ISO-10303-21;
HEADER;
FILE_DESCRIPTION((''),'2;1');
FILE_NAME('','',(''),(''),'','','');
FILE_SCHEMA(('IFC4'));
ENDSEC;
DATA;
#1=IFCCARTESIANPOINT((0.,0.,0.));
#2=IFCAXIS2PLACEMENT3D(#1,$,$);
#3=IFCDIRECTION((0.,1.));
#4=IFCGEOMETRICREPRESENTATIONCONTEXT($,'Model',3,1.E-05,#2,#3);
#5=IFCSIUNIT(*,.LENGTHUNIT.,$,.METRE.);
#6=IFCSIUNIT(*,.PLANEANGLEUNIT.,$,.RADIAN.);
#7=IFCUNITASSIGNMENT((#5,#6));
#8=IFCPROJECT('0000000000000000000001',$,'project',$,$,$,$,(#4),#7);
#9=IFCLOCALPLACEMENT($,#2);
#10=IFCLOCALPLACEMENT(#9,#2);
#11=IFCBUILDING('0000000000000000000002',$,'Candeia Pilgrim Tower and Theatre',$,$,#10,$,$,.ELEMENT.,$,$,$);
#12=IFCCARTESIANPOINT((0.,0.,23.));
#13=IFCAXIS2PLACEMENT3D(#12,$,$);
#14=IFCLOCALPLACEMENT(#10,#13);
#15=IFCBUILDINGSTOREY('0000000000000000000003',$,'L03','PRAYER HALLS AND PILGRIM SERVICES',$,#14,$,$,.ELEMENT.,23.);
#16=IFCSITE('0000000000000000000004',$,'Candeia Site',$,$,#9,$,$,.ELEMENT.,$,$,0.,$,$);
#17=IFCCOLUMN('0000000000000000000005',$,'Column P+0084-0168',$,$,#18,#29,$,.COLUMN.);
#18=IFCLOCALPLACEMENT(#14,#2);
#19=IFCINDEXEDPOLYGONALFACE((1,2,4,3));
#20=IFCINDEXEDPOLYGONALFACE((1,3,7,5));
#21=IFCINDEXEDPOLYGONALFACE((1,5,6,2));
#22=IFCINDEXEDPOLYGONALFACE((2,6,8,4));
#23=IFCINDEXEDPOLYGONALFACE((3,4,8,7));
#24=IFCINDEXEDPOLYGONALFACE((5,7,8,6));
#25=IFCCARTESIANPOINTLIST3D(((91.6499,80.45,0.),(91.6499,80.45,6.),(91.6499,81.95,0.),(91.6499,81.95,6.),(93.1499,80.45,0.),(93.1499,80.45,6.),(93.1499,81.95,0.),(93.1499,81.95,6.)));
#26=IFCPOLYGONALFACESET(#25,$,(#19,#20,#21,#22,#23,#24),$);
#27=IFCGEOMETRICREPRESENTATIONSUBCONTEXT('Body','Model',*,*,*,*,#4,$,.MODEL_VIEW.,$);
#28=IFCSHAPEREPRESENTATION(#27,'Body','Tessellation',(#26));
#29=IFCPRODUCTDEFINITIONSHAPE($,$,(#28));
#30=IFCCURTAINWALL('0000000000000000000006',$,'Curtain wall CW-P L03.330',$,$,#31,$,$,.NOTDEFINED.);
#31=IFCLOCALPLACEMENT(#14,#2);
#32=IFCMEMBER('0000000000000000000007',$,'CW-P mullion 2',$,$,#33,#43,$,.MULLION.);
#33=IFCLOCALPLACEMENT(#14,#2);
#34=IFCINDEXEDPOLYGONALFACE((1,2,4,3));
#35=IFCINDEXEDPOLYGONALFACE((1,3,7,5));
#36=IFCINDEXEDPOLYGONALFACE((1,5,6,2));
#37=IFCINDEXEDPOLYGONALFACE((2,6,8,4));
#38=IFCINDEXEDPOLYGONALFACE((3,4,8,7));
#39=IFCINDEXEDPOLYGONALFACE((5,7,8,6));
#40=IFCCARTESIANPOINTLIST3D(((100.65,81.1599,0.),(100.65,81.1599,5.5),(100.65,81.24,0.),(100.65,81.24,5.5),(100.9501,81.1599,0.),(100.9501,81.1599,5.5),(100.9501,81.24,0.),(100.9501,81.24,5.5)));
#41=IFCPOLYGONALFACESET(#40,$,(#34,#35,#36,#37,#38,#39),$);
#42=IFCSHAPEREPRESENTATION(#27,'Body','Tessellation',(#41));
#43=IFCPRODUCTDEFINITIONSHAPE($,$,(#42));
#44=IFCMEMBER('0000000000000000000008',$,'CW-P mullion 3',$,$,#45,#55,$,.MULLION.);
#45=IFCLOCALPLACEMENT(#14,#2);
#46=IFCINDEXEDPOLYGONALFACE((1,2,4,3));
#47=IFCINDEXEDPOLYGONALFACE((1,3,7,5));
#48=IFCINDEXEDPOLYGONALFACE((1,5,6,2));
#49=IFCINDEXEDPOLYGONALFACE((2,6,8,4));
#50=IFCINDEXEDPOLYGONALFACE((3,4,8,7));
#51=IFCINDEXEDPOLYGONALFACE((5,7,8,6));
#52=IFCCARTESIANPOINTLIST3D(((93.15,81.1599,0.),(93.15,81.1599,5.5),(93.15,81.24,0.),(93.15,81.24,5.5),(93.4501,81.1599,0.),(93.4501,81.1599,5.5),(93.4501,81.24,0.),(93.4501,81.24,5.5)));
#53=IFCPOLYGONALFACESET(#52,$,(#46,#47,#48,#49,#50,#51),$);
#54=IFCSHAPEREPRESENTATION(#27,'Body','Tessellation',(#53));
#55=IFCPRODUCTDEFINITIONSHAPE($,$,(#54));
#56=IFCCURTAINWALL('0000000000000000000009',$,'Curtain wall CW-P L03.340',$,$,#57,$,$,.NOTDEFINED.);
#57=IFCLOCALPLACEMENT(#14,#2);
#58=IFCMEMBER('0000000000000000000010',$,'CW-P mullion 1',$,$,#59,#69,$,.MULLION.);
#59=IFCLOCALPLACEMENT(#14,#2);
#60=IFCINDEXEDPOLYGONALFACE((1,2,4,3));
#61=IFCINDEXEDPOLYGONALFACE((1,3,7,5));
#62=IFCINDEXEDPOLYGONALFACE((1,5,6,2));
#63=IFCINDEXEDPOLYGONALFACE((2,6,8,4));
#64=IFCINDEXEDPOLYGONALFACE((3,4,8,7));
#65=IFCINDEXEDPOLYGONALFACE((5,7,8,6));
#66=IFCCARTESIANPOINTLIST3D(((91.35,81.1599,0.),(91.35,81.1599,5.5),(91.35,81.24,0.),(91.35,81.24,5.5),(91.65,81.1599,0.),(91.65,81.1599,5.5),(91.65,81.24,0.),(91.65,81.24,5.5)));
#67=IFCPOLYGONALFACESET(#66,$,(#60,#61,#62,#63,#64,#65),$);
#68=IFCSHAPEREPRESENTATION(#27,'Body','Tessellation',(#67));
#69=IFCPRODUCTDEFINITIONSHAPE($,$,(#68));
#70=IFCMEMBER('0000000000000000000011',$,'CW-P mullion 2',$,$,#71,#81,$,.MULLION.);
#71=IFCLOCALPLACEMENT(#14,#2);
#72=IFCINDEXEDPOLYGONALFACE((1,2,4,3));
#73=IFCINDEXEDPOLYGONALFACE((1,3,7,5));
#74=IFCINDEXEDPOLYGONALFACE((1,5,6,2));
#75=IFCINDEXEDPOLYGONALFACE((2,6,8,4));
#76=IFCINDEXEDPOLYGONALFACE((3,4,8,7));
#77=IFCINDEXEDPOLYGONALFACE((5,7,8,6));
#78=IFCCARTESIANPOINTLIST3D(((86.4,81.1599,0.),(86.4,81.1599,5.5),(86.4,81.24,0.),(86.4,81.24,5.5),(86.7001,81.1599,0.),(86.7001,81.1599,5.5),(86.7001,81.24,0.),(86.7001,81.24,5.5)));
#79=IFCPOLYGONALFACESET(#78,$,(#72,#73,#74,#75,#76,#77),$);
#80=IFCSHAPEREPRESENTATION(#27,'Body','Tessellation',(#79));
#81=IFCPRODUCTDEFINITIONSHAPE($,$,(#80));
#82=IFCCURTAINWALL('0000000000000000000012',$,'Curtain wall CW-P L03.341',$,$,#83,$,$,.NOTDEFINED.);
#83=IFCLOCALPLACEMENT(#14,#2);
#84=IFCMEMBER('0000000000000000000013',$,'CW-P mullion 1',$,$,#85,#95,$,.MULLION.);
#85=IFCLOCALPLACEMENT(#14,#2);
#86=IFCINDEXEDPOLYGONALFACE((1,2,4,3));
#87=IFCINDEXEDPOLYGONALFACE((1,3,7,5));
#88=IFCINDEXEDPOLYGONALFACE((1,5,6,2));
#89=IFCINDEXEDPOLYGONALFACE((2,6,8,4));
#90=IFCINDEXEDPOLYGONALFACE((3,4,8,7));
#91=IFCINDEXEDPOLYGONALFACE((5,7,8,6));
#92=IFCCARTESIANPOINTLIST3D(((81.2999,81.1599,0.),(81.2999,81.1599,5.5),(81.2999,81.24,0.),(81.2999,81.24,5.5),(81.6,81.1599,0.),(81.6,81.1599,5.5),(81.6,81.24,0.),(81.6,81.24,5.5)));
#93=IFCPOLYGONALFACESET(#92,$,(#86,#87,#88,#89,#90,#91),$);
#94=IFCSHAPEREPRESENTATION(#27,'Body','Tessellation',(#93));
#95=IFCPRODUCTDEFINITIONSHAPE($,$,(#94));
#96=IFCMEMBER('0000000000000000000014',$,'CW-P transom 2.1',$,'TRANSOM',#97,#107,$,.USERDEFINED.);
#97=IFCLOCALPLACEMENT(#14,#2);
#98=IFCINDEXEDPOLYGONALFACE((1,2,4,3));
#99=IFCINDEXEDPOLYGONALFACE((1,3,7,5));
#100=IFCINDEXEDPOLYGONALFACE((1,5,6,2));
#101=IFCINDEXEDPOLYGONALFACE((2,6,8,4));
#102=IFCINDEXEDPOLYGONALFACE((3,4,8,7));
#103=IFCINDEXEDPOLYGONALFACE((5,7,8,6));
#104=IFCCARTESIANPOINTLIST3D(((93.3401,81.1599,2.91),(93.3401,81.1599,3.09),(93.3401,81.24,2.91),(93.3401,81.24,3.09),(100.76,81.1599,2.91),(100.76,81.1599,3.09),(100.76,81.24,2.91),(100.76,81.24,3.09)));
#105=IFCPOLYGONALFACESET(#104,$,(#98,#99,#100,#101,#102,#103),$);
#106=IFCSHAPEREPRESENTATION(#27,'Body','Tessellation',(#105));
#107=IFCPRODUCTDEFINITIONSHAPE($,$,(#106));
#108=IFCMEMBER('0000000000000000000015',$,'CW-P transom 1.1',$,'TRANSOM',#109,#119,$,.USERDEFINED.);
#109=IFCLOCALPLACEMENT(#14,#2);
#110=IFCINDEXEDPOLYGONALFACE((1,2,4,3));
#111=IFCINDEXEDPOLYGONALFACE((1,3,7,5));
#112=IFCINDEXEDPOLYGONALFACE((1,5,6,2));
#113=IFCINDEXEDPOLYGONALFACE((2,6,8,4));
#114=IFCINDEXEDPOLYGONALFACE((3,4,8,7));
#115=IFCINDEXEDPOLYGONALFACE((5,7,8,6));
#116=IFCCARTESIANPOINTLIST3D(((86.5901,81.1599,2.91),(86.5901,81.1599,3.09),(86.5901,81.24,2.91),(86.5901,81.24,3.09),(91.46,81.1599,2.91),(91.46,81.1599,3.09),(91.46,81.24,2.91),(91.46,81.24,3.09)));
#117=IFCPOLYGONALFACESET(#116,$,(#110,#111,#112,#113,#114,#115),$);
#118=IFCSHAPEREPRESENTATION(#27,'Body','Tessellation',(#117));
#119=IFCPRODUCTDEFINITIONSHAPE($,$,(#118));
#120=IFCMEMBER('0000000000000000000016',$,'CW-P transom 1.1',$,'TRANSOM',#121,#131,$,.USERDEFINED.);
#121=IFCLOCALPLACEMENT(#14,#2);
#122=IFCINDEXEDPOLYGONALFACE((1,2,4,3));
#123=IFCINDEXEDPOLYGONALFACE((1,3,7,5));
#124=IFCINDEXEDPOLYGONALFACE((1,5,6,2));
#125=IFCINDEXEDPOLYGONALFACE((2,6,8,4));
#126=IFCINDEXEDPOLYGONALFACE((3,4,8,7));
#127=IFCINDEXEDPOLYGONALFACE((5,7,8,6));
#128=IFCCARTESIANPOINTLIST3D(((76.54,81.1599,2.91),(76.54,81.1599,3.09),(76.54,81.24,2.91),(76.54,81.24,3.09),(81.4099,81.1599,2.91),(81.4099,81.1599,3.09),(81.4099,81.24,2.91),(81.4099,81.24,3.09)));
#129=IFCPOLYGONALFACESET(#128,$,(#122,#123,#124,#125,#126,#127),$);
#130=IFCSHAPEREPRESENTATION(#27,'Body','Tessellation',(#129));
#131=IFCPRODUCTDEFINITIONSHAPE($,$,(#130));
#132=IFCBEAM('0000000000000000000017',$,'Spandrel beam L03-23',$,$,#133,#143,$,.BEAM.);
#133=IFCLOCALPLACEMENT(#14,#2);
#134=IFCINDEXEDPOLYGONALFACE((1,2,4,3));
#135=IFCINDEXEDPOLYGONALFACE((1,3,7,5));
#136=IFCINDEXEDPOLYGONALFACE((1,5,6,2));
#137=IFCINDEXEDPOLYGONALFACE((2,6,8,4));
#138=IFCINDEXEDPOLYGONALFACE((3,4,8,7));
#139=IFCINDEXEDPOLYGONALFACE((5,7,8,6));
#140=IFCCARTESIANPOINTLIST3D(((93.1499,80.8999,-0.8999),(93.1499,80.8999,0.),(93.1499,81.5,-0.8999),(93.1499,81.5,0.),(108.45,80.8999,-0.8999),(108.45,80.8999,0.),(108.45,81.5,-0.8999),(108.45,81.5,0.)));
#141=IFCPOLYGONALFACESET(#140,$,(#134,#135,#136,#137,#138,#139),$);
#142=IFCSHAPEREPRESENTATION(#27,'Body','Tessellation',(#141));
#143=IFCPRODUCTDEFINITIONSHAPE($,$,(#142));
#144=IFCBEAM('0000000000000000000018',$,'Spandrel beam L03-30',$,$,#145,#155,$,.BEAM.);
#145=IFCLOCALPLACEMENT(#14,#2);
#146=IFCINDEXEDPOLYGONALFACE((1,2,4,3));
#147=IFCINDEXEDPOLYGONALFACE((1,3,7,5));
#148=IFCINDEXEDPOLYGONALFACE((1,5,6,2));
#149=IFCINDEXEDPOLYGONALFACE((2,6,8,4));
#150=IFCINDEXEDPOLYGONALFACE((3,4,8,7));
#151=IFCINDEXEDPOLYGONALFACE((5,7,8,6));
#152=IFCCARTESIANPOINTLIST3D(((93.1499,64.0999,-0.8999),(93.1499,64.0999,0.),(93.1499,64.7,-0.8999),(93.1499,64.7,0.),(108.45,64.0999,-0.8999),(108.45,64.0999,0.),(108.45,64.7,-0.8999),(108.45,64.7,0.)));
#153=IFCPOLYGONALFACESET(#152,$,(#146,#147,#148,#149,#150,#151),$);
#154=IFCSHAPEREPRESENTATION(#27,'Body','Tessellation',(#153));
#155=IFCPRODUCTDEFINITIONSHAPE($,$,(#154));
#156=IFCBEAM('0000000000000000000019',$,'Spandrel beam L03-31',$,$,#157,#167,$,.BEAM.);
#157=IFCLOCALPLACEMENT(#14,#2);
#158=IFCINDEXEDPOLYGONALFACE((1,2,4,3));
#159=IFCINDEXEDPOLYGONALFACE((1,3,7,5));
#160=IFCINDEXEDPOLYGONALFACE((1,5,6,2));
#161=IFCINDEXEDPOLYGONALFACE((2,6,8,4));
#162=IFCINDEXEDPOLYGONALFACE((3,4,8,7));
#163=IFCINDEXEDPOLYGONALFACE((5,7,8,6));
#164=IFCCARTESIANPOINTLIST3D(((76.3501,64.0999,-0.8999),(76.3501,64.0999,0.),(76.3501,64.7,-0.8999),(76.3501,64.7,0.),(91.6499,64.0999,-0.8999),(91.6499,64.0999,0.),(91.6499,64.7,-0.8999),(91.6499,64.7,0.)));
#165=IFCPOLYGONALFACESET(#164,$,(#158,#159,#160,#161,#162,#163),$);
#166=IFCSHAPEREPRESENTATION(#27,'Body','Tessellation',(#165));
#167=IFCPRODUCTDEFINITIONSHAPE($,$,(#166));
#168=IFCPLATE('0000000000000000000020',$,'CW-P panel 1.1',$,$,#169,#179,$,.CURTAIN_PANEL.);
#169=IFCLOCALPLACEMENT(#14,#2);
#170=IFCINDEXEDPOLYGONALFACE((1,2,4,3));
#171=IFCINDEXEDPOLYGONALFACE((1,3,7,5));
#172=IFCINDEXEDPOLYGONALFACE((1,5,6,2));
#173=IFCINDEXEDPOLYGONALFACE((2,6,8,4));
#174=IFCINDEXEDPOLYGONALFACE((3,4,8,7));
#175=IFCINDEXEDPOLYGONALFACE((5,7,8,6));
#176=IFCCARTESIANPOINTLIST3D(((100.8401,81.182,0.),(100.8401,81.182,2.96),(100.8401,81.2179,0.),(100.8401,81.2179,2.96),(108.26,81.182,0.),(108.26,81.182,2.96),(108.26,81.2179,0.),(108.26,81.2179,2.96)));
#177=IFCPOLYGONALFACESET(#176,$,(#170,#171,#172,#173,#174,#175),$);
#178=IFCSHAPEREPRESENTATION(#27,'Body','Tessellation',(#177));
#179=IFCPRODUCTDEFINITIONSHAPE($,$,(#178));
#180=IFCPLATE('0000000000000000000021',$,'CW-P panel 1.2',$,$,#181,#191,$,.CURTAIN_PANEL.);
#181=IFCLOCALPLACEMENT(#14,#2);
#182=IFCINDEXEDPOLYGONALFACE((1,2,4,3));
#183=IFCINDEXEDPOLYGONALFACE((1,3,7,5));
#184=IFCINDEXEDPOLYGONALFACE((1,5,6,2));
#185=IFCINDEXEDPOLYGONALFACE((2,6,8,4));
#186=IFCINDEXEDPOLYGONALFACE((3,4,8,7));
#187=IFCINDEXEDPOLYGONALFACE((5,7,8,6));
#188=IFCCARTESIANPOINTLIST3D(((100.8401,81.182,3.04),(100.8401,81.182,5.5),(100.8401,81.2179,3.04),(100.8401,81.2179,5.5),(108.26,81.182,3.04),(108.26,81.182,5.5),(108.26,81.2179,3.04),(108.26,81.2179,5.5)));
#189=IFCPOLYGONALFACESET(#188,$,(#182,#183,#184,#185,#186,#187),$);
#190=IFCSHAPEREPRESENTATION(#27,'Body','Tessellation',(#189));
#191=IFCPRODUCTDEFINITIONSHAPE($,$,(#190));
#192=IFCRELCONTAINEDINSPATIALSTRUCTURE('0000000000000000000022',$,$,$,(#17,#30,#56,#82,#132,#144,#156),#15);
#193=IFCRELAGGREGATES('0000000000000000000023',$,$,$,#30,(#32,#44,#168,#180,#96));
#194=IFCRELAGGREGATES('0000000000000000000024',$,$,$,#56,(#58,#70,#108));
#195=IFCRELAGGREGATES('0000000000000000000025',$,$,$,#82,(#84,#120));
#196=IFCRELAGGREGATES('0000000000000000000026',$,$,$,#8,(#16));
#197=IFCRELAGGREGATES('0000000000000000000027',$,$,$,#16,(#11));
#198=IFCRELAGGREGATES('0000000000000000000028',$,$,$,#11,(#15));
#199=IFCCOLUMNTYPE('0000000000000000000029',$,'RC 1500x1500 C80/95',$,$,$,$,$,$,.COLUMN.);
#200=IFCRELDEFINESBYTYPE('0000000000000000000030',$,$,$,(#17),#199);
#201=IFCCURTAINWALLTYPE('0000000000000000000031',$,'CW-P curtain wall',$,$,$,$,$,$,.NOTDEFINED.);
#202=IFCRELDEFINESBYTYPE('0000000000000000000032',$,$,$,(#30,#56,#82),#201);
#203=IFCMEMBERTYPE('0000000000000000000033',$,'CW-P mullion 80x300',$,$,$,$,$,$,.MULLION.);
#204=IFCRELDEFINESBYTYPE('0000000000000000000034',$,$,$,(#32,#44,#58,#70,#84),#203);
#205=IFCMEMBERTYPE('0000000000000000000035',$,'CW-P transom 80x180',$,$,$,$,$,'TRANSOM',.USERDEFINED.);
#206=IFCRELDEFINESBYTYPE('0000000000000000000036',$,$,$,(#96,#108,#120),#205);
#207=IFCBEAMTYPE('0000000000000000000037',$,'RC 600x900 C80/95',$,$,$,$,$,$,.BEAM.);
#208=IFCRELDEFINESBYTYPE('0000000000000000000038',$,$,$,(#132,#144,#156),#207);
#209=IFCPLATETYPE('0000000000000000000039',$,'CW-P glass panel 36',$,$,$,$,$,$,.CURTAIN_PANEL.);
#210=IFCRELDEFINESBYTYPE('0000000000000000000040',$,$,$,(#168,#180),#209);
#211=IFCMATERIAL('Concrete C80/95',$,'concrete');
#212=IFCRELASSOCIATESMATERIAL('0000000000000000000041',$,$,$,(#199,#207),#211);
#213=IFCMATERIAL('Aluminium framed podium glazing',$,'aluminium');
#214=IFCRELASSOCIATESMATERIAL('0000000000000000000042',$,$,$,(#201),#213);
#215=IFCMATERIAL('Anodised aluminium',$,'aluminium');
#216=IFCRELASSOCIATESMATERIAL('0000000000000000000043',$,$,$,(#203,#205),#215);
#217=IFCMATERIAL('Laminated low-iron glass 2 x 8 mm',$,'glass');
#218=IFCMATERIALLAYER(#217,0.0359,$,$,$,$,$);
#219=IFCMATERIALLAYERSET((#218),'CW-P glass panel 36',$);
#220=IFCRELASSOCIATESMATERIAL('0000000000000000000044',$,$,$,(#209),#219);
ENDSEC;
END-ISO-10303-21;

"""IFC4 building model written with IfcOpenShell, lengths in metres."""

from ifc_helpers import new_model, si_unit, direction, frame, origin, origin_2d, place, context, subcontext, project, spatial, rectangle, extrude, material, layer, layer_set, material_profile, profile_set, type_object, element, aggregate, save


model = new_model("IFC4")

# Units and contexts
model_context = context("Model", 3, precision=1e-05, world=origin(), true_north=direction((0.0, 1.0)))
body_context = subcontext(model_context, "Body", "Model", "MODEL_VIEW")
ifc_project = project(units=[si_unit("LENGTHUNIT", "METRE"), si_unit("PLANEANGLEUNIT", "RADIAN")], contexts=[model_context])

# Site, building, storey
site_placement = place(None, origin())
site = spatial("IfcSite", under=ifc_project, at=site_placement, Name="Candeia Site", CompositionType="ELEMENT", RefElevation=0.0)
building_placement = place(site_placement, origin())
building = spatial("IfcBuilding", under=site, at=building_placement, Name="Candeia Pilgrim Tower and Theatre", CompositionType="ELEMENT")
storey_placement = place(building_placement, frame((0.0, 0.0, 23.0)))
storey = spatial("IfcBuildingStorey", under=building, at=storey_placement, Name="L03", Description="PRAYER HALLS AND PILGRIM SERVICES", CompositionType="ELEMENT", Elevation=23.0)

# Column
ifc_material_1 = material(Name="Concrete C80/95", Category="concrete")
ifc_material_profile_1 = material_profile(ifc_material_1, rectangle(XDim=1.5, YDim=1.5, at=origin_2d()))
ifc_profile_set_1 = profile_set([ifc_material_profile_1], Name="Concrete C80/95")
column_type = type_object("IfcColumnType", Name="RC 1500x1500 C80/95", PredefinedType="COLUMN", material=ifc_profile_set_1)
column_placement = place(storey_placement, frame((92.3999, 81.2, 0.0), z_axis=(0.0, 0.0, 1.0), x_axis=(1.0, 0.0, 0.0)))
element("IfcColumn", 1, at=column_placement, inside=storey, type_object=column_type, Name="Column P+0084-0168", PredefinedType="COLUMN", context=body_context, shape_type="SweptSolid", body=[
    extrude(rectangle(XDim=1.5, YDim=1.5, at=origin_2d()), origin(), (0.0, 0.0, 1.0), 6.0),
])

# Curtain walls, members
ifc_material_2 = material(Name="Aluminium framed podium glazing", Category="aluminium")
curtain_wall_type = type_object("IfcCurtainWallType", Name="CW-P curtain wall", PredefinedType="NOTDEFINED", material=ifc_material_2)
curtain_wall_1_placement = place(storey_placement, origin())
curtain_wall_1 = element("IfcCurtainWall", 2, at=curtain_wall_1_placement, inside=storey, type_object=curtain_wall_type, Name="Curtain wall CW-P L03.330", PredefinedType="NOTDEFINED")
ifc_material_3 = material(Name="Anodised aluminium", Category="aluminium")
ifc_material_profile_2 = material_profile(ifc_material_3, rectangle(XDim=0.0801, YDim=0.3, at=origin_2d()))
ifc_profile_set_2 = profile_set([ifc_material_profile_2], Name="Anodised aluminium")
member_type_1 = type_object("IfcMemberType", Name="CW-P mullion 80x300", PredefinedType="MULLION", material=ifc_profile_set_2)
member_1_placement = place(storey_placement, frame((100.8, 81.2, 0.0), z_axis=(0.0, 0.0, 1.0), x_axis=(0.0, -1.0, 0.0)))
member_1 = element("IfcMember", 3, at=member_1_placement, type_object=member_type_1, Name="CW-P mullion 2", PredefinedType="MULLION", context=body_context, shape_type="SweptSolid", body=[
    extrude(rectangle(XDim=0.0801, YDim=0.3, at=origin_2d()), origin(), (0.0, 0.0, 1.0), 5.5),
])
member_2_placement = place(storey_placement, frame((93.3, 81.2, 0.0), z_axis=(0.0, 0.0, 1.0), x_axis=(0.0, -1.0, 0.0)))
member_2 = element("IfcMember", 4, at=member_2_placement, type_object=member_type_1, Name="CW-P mullion 3", PredefinedType="MULLION", context=body_context, shape_type="SweptSolid", body=[
    extrude(rectangle(XDim=0.0801, YDim=0.3, at=origin_2d()), origin(), (0.0, 0.0, 1.0), 5.5),
])
curtain_wall_2_placement = place(storey_placement, origin())
curtain_wall_2 = element("IfcCurtainWall", 5, at=curtain_wall_2_placement, inside=storey, type_object=curtain_wall_type, Name="Curtain wall CW-P L03.340", PredefinedType="NOTDEFINED")
member_3_placement = place(storey_placement, frame((91.5, 81.2, 0.0), z_axis=(0.0, 0.0, 1.0), x_axis=(0.0, -1.0, 0.0)))
member_3 = element("IfcMember", 6, at=member_3_placement, type_object=member_type_1, Name="CW-P mullion 1", PredefinedType="MULLION", context=body_context, shape_type="SweptSolid", body=[
    extrude(rectangle(XDim=0.0801, YDim=0.3, at=origin_2d()), origin(), (0.0, 0.0, 1.0), 5.5),
])
member_4_placement = place(storey_placement, frame((86.55, 81.2, 0.0), z_axis=(0.0, 0.0, 1.0), x_axis=(0.0, -1.0, 0.0)))
member_4 = element("IfcMember", 7, at=member_4_placement, type_object=member_type_1, Name="CW-P mullion 2", PredefinedType="MULLION", context=body_context, shape_type="SweptSolid", body=[
    extrude(rectangle(XDim=0.0801, YDim=0.3, at=origin_2d()), origin(), (0.0, 0.0, 1.0), 5.5),
])

# Curtain wall, member
curtain_wall_3_placement = place(storey_placement, origin())
curtain_wall_3 = element("IfcCurtainWall", 8, at=curtain_wall_3_placement, inside=storey, type_object=curtain_wall_type, Name="Curtain wall CW-P L03.341", PredefinedType="NOTDEFINED")
member_5_placement = place(storey_placement, frame((81.45, 81.2, 0.0), z_axis=(0.0, 0.0, 1.0), x_axis=(0.0, -1.0, 0.0)))
member_5 = element("IfcMember", 9, at=member_5_placement, type_object=member_type_1, Name="CW-P mullion 1", PredefinedType="MULLION", context=body_context, shape_type="SweptSolid", body=[
    extrude(rectangle(XDim=0.0801, YDim=0.3, at=origin_2d()), origin(), (0.0, 0.0, 1.0), 5.5),
])

# Members
ifc_material_profile_3 = material_profile(ifc_material_3, rectangle(XDim=0.0801, YDim=0.1799, at=origin_2d()))
ifc_profile_set_3 = profile_set([ifc_material_profile_3], Name="Anodised aluminium")
member_type_2 = type_object("IfcMemberType", Name="CW-P transom 80x180", ElementType="TRANSOM", PredefinedType="USERDEFINED", material=ifc_profile_set_3)
member_6_placement = place(storey_placement, frame((100.76, 81.2, 3.0), z_axis=(-1.0, 0.0, 0.0), x_axis=(0.0, -1.0, 0.0)))
member_6 = element("IfcMember", 10, at=member_6_placement, type_object=member_type_2, Name="CW-P transom 2.1", ObjectType="TRANSOM", PredefinedType="USERDEFINED", context=body_context, shape_type="SweptSolid", body=[
    extrude(rectangle(XDim=0.0801, YDim=0.1799, at=origin_2d()), origin(), (0.0, 0.0, 1.0), 7.4199),
])
member_7_placement = place(storey_placement, frame((91.46, 81.2, 3.0), z_axis=(-1.0, 0.0, 0.0), x_axis=(0.0, -1.0, 0.0)))
member_7 = element("IfcMember", 11, at=member_7_placement, type_object=member_type_2, Name="CW-P transom 1.1", ObjectType="TRANSOM", PredefinedType="USERDEFINED", context=body_context, shape_type="SweptSolid", body=[
    extrude(rectangle(XDim=0.0801, YDim=0.1799, at=origin_2d()), origin(), (0.0, 0.0, 1.0), 4.8699),
])
member_8_placement = place(storey_placement, frame((81.4099, 81.2, 3.0), z_axis=(-1.0, 0.0, 0.0), x_axis=(0.0, -1.0, 0.0)))
member_8 = element("IfcMember", 12, at=member_8_placement, type_object=member_type_2, Name="CW-P transom 1.1", ObjectType="TRANSOM", PredefinedType="USERDEFINED", context=body_context, shape_type="SweptSolid", body=[
    extrude(rectangle(XDim=0.0801, YDim=0.1799, at=origin_2d()), origin(), (0.0, 0.0, 1.0), 4.8699),
])

# Beams
ifc_material_profile_4 = material_profile(ifc_material_1, rectangle(XDim=0.6001, YDim=0.8999, at=origin_2d()))
ifc_profile_set_4 = profile_set([ifc_material_profile_4], Name="Concrete C80/95")
beam_type = type_object("IfcBeamType", Name="RC 600x900 C80/95", PredefinedType="BEAM", material=ifc_profile_set_4)
for number, where, z_axis, x_axis, name in (
    (13, (93.1499, 81.2, -0.45), (1.0, 0.0, 0.0), (0.0, 1.0, 0.0), "Spandrel beam L03-23"),
    (14, (108.45, 64.3999, -0.45), (-1.0, 0.0, 0.0), (0.0, -1.0, 0.0), "Spandrel beam L03-30"),
):
    element("IfcBeam", number, at=place(storey_placement, frame(where, z_axis=z_axis, x_axis=x_axis)), inside=storey, type_object=beam_type, Name=name, PredefinedType="BEAM", context=body_context, shape_type="SweptSolid", body=[
        extrude(rectangle(XDim=0.6001, YDim=0.8999, at=origin_2d()), origin(), (0.0, 0.0, 1.0), 15.3),
    ])
beam_placement = place(storey_placement, frame((91.6499, 64.3999, -0.45), z_axis=(-1.0, 0.0, 0.0), x_axis=(0.0, -1.0, 0.0)))
element("IfcBeam", 15, at=beam_placement, inside=storey, type_object=beam_type, Name="Spandrel beam L03-31", PredefinedType="BEAM", context=body_context, shape_type="SweptSolid", body=[
    extrude(rectangle(XDim=0.6001, YDim=0.8999, at=origin_2d()), origin(), (0.0, 0.0, 1.0), 15.2998),
])

# Plates
ifc_material_4 = material(Name="Laminated low-iron glass 2 x 8 mm", Category="glass")
ifc_layer_1 = layer(ifc_material_4, 0.0359)
ifc_layer_set_1 = layer_set([ifc_layer_1], Name="CW-P glass panel 36")
plate_type = type_object("IfcPlateType", Name="CW-P glass panel 36", PredefinedType="CURTAIN_PANEL", material=ifc_layer_set_1)
plate_1_placement = place(storey_placement, frame((104.55, 81.2, 0.0), z_axis=(0.0, 0.0, 1.0), x_axis=(-1.0, 0.0, 0.0)))
plate_1 = element("IfcPlate", 16, at=plate_1_placement, type_object=plate_type, Name="CW-P panel 1.1", PredefinedType="CURTAIN_PANEL", context=body_context, shape_type="SweptSolid", body=[
    extrude(rectangle(XDim=7.4199, YDim=0.0359, at=origin_2d()), origin(), (0.0, 0.0, 1.0), 2.96),
])
plate_2_placement = place(storey_placement, frame((104.55, 81.2, 3.04), z_axis=(0.0, 0.0, 1.0), x_axis=(-1.0, 0.0, 0.0)))
plate_2 = element("IfcPlate", 17, at=plate_2_placement, type_object=plate_type, Name="CW-P panel 1.2", PredefinedType="CURTAIN_PANEL", context=body_context, shape_type="SweptSolid", body=[
    extrude(rectangle(XDim=7.4199, YDim=0.0359, at=origin_2d()), origin(), (0.0, 0.0, 1.0), 2.46),
])
aggregate(curtain_wall_1, [member_1, member_2, plate_1, plate_2, member_6])
aggregate(curtain_wall_2, [member_3, member_4, member_7])
aggregate(curtain_wall_3, [member_5, member_8])

save(model, "model.ifc")
